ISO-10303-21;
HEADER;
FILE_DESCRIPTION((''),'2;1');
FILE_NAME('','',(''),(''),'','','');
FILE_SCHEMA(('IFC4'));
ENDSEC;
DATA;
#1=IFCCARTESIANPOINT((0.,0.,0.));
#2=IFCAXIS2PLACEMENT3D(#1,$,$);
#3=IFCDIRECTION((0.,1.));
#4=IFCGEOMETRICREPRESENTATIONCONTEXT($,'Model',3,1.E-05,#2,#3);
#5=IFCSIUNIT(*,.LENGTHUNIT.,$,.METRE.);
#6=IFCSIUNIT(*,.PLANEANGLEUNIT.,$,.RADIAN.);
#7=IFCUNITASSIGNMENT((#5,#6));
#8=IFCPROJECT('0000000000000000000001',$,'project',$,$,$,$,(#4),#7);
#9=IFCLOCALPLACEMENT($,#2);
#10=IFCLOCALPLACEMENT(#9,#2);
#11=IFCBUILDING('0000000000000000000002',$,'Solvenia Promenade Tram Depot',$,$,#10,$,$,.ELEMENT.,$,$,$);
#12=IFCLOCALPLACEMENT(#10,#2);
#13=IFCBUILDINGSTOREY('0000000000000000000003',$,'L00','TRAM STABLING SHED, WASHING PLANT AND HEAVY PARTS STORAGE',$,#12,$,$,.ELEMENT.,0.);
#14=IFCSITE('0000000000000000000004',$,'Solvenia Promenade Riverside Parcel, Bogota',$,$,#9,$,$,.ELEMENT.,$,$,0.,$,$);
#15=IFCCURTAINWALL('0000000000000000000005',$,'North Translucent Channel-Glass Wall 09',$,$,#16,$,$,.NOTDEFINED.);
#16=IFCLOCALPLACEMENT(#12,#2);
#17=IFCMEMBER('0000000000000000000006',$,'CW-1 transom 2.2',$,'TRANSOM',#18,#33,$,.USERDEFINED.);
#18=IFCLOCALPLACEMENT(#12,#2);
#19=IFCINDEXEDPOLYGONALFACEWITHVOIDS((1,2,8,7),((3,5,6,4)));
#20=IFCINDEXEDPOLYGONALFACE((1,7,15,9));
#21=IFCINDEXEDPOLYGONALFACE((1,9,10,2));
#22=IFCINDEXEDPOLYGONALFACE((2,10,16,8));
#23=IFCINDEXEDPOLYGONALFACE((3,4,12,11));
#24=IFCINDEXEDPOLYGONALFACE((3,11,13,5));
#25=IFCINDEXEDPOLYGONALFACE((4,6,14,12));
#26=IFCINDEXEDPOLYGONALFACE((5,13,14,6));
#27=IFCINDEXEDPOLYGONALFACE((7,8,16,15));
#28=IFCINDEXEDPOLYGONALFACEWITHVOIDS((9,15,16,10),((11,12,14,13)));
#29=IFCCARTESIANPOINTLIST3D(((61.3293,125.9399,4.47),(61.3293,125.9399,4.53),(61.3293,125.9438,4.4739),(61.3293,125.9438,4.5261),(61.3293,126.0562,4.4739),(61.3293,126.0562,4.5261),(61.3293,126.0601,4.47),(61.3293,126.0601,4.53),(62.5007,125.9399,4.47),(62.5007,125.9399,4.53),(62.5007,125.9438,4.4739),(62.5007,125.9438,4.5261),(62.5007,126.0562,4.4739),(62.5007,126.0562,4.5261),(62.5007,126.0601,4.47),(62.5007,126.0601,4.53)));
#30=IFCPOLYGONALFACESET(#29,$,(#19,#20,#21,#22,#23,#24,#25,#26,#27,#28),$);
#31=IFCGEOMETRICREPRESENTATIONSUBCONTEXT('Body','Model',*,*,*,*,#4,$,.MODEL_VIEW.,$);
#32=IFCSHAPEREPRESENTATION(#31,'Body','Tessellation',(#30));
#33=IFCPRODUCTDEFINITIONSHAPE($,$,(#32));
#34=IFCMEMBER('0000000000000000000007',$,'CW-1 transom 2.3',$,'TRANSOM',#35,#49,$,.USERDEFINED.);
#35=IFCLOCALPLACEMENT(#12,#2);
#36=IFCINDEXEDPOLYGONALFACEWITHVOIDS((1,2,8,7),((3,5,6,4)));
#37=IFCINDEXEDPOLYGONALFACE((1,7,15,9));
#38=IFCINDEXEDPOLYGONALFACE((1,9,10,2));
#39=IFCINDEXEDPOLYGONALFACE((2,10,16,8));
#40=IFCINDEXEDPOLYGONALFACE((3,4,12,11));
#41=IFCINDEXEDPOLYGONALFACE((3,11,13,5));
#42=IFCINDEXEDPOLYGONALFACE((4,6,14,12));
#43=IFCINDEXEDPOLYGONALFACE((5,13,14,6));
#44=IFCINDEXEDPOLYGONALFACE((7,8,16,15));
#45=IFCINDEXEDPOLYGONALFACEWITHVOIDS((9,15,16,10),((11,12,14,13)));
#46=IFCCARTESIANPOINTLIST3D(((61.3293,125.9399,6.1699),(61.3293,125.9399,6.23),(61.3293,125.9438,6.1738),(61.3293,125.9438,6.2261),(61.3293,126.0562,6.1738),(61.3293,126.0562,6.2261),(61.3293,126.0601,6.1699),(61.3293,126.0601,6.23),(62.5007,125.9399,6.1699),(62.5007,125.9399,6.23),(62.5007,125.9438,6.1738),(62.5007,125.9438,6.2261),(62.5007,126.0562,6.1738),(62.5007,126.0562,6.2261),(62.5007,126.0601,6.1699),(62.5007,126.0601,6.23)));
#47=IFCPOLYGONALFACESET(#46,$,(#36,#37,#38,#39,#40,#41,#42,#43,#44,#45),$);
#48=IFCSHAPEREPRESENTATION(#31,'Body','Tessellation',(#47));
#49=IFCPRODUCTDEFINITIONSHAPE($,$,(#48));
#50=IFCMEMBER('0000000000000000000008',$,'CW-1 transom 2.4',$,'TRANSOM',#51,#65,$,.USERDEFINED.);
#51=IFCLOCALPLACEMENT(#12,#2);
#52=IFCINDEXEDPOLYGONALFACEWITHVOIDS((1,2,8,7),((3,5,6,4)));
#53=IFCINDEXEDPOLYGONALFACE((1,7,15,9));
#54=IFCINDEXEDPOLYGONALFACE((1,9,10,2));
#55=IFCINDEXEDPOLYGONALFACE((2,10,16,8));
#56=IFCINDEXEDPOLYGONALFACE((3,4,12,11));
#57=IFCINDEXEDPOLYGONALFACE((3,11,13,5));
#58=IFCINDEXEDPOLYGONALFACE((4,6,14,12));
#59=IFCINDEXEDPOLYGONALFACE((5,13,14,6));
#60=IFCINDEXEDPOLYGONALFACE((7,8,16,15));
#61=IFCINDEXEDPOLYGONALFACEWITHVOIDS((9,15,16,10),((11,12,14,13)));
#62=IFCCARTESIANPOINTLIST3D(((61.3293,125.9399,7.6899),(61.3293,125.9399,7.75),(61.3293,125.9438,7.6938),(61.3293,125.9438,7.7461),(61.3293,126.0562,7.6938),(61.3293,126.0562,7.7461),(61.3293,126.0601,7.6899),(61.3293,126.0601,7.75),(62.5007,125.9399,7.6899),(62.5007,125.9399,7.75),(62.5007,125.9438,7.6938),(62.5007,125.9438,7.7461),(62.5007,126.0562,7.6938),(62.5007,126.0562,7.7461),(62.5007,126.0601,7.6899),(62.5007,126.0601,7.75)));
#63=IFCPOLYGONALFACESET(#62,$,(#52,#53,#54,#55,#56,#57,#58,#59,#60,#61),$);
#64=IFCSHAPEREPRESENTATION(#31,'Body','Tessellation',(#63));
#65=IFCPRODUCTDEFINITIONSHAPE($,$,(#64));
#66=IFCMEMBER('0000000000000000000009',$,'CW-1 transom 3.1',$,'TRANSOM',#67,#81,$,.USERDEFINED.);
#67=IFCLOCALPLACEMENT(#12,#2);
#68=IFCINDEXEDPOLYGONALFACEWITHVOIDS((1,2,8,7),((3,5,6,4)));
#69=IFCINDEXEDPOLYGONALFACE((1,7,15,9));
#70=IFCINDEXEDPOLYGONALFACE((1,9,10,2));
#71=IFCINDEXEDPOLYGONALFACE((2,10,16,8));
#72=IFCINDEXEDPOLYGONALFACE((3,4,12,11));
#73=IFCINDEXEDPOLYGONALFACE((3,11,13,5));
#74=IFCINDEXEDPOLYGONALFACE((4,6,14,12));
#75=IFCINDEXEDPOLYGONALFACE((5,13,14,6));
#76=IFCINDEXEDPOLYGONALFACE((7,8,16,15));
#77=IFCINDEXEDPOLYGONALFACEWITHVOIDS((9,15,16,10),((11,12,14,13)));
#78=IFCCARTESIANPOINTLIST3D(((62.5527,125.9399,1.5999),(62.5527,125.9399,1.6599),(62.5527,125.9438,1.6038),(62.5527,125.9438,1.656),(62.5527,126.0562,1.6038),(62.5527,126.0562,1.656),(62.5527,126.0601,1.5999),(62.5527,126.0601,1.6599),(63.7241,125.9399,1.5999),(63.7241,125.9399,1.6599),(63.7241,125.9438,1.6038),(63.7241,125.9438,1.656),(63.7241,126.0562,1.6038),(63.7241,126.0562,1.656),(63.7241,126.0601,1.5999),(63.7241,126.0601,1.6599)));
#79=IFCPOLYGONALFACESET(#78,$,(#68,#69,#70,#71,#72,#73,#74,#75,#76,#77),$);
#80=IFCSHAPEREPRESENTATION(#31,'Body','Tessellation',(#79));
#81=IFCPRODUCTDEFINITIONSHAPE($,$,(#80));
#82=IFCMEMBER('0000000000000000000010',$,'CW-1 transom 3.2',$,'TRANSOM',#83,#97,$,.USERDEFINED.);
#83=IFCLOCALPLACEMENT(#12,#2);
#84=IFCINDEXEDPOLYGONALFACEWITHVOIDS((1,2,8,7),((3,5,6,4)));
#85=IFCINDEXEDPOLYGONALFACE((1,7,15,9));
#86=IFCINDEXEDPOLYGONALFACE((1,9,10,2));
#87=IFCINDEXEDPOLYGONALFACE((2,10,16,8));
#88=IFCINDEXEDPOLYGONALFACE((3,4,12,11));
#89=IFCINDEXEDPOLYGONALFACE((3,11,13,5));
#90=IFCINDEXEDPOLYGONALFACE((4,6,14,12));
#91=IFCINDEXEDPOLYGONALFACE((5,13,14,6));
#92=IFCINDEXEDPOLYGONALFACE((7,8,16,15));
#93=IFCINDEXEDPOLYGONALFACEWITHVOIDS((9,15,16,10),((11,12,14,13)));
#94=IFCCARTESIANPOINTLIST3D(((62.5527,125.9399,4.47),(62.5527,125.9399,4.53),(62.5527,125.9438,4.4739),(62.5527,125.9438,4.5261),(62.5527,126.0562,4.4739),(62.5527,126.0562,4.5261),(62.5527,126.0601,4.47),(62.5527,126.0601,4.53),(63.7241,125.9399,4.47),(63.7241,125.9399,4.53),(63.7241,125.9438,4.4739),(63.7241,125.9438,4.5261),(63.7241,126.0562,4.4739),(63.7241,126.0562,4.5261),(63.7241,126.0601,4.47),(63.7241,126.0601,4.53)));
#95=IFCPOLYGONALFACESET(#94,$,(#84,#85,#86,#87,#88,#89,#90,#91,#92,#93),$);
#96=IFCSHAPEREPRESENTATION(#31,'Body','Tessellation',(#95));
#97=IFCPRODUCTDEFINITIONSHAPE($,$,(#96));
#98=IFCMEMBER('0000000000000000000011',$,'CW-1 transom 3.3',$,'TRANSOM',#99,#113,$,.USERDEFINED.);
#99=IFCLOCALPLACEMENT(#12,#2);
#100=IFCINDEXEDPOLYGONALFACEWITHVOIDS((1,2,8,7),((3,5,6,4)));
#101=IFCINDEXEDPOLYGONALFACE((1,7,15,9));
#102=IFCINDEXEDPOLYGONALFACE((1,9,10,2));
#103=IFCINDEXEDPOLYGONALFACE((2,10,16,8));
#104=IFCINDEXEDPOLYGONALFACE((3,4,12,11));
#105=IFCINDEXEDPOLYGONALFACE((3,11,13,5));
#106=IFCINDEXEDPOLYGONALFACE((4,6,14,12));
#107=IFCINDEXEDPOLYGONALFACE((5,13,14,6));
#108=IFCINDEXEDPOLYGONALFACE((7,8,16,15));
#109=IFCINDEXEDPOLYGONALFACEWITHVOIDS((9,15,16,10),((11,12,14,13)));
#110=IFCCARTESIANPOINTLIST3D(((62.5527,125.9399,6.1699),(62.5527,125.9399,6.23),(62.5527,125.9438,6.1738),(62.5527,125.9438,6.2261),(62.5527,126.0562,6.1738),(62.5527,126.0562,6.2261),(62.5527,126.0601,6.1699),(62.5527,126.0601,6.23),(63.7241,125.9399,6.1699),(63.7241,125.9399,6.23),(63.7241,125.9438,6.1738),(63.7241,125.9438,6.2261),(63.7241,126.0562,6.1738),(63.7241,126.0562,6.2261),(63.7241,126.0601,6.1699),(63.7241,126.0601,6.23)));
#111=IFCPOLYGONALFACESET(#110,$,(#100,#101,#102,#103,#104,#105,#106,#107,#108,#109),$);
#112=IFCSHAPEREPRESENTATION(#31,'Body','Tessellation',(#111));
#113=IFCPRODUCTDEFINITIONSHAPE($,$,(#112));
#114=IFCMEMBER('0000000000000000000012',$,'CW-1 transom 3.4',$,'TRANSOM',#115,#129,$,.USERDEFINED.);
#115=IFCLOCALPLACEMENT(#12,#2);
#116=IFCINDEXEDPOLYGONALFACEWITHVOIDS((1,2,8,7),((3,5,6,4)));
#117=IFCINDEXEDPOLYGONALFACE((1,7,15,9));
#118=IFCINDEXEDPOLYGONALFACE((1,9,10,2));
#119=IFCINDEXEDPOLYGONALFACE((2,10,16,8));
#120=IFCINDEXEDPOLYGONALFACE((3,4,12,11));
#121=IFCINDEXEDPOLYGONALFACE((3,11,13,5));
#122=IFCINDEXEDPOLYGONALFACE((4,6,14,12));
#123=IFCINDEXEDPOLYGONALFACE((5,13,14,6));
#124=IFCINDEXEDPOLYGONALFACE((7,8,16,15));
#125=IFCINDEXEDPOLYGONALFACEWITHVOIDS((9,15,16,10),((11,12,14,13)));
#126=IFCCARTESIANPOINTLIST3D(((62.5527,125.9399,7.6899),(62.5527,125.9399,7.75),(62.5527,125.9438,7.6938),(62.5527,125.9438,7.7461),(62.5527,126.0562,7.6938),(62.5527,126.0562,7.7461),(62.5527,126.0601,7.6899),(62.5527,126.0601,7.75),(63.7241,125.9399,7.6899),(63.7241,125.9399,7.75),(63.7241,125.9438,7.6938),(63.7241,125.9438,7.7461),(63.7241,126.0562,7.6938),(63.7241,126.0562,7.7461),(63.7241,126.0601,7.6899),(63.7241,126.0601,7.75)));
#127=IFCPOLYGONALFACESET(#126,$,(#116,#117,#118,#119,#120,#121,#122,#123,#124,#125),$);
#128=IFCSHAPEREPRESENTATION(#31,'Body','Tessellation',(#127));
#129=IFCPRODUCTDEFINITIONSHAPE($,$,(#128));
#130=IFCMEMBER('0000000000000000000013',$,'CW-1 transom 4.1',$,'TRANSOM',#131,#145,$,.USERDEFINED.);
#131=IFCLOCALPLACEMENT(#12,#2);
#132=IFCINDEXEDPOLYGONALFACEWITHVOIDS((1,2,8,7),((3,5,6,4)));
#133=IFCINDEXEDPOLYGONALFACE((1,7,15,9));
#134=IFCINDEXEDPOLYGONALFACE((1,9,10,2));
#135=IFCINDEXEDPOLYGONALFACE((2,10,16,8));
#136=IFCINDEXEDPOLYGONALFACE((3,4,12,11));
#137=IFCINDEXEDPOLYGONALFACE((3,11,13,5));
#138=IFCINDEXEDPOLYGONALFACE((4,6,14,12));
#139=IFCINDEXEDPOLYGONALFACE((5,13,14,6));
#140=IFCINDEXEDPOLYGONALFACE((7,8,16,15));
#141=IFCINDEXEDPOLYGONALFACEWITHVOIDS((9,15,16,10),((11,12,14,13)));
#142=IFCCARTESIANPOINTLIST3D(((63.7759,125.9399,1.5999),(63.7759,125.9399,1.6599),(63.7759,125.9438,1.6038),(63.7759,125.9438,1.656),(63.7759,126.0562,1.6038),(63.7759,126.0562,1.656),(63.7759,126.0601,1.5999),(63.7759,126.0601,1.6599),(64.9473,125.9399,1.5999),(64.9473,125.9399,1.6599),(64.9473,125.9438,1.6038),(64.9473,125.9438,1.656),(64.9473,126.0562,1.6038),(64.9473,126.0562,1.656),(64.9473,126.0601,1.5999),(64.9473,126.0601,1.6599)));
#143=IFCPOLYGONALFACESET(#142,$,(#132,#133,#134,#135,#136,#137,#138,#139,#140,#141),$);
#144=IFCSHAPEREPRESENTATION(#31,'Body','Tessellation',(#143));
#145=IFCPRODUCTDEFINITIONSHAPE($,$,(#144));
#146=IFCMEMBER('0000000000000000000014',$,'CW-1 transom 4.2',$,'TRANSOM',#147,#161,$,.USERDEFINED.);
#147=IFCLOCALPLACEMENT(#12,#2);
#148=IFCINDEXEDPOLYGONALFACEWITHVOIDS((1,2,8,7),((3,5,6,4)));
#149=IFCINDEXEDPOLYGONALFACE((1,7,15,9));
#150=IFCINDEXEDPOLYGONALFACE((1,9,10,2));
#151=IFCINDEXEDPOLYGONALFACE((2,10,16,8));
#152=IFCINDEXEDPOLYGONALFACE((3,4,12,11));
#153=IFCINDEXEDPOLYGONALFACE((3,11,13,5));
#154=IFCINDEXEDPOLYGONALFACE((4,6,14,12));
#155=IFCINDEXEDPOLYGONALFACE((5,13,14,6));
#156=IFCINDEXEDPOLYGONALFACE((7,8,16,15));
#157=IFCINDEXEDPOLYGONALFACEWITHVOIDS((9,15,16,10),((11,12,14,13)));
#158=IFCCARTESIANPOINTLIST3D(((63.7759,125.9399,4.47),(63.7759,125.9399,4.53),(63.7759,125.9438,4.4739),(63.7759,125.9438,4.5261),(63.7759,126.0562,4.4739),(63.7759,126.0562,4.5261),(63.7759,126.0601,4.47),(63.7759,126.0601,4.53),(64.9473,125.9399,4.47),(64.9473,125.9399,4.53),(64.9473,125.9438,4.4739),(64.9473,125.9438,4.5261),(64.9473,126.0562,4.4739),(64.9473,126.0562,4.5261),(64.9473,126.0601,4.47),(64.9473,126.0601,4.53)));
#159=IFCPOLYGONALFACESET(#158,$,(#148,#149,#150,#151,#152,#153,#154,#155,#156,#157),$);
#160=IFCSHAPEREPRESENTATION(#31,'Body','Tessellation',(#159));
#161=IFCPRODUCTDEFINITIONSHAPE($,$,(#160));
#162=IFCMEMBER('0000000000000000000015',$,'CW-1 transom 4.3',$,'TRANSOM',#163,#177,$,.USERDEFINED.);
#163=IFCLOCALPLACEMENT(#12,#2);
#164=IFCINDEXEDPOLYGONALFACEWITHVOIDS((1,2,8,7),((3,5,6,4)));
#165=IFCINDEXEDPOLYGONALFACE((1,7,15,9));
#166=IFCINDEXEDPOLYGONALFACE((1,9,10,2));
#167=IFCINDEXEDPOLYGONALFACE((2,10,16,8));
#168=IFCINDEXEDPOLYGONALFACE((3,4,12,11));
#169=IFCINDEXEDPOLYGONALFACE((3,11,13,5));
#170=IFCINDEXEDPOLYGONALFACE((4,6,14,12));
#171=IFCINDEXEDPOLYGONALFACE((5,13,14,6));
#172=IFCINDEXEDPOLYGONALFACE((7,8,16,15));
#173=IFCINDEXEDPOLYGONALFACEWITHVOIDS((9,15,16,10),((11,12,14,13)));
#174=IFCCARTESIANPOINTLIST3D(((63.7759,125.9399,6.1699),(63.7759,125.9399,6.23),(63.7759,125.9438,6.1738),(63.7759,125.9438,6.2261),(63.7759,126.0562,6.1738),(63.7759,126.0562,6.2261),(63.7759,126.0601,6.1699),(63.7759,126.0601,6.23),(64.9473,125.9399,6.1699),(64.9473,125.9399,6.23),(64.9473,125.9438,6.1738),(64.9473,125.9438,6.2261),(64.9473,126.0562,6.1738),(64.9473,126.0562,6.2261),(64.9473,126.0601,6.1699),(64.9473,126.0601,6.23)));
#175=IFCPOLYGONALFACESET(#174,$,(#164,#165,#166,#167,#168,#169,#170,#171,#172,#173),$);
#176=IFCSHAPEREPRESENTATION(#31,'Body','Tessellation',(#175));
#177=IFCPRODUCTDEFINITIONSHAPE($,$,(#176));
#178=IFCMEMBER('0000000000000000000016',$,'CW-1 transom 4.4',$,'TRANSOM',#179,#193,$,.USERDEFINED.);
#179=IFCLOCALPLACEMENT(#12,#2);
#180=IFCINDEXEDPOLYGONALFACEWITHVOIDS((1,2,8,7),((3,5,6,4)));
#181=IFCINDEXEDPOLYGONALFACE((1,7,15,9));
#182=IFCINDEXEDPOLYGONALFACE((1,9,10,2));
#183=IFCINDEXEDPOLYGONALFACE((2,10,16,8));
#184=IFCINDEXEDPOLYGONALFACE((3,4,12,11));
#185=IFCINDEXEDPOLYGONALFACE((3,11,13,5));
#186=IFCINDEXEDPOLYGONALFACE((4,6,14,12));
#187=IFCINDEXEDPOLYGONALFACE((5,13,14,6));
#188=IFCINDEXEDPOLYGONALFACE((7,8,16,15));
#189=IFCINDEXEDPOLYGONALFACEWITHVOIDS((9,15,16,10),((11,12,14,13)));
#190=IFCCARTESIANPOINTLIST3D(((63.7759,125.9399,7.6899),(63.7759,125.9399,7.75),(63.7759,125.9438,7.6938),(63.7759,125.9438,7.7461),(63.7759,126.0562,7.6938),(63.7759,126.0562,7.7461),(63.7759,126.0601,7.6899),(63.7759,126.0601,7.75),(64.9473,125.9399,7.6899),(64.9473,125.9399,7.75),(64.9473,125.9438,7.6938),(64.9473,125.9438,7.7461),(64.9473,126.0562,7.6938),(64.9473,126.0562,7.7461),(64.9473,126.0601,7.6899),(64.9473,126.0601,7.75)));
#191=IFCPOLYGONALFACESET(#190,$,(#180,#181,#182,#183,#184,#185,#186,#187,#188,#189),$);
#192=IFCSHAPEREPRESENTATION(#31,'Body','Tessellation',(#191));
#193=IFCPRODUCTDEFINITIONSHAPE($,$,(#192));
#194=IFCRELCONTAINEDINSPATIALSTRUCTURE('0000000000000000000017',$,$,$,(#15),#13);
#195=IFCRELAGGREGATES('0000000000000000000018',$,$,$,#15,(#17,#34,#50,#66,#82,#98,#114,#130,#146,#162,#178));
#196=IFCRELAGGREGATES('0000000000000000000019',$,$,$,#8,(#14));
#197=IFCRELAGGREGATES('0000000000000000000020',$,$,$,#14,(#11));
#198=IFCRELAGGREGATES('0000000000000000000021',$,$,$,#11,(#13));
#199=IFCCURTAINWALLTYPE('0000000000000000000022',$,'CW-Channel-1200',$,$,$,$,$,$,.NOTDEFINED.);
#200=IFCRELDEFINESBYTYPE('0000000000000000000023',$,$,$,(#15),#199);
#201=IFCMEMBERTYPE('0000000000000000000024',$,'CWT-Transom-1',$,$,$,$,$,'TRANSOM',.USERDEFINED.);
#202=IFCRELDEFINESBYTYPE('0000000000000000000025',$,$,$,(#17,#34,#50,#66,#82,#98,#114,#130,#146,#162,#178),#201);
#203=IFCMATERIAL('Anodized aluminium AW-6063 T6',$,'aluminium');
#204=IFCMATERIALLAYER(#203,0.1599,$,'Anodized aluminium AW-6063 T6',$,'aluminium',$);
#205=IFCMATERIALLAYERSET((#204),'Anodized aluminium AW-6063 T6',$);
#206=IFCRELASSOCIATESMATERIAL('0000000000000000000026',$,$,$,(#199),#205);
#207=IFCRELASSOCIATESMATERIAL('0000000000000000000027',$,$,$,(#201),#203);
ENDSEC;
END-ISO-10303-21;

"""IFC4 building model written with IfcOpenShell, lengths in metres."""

from ifc_helpers import new_model, si_unit, direction, frame, origin, origin_2d, place, context, subcontext, project, spatial, hollow_rectangle, extrude, material, layer, layer_set, material_profile, profile_set, type_object, element, aggregate, save


model = new_model("IFC4")

# Units and contexts
model_context = context("Model", 3, precision=1e-05, world=origin(), true_north=direction((0.0, 1.0)))
body_context = subcontext(model_context, "Body", "Model", "MODEL_VIEW")
ifc_project = project(units=[si_unit("LENGTHUNIT", "METRE"), si_unit("PLANEANGLEUNIT", "RADIAN")], contexts=[model_context])

# Site, building, storey
site_placement = place(None, origin())
site = spatial("IfcSite", under=ifc_project, at=site_placement, Name="Solvenia Promenade Riverside Parcel, Bogota", CompositionType="ELEMENT", RefElevation=0.0)
building_placement = place(site_placement, origin())
building = spatial("IfcBuilding", under=site, at=building_placement, Name="Solvenia Promenade Tram Depot", CompositionType="ELEMENT")
storey_placement = place(building_placement, origin())
storey = spatial("IfcBuildingStorey", under=building, at=storey_placement, Name="L00", Description="TRAM STABLING SHED, WASHING PLANT AND HEAVY PARTS STORAGE", CompositionType="ELEMENT", Elevation=0.0)

# Curtain wall, members
ifc_material_1 = material(Name="Anodized aluminium AW-6063 T6", Category="aluminium")
ifc_layer_1 = layer(ifc_material_1, 0.1599, Name="Anodized aluminium AW-6063 T6", Category="aluminium")
ifc_layer_set_1 = layer_set([ifc_layer_1], Name="Anodized aluminium AW-6063 T6")
curtain_wall_type = type_object("IfcCurtainWallType", Name="CW-Channel-1200", PredefinedType="NOTDEFINED", material=ifc_layer_set_1)
curtain_wall_placement = place(storey_placement, origin())
curtain_wall = element("IfcCurtainWall", 1, at=curtain_wall_placement, inside=storey, type_object=curtain_wall_type, Name="North Translucent Channel-Glass Wall 09", PredefinedType="NOTDEFINED")
ifc_material_profile_1 = material_profile(ifc_material_1, hollow_rectangle(XDim=0.1201, YDim=0.0601, WallThickness=0.0039, at=origin_2d()), Name="ALU-T1", Category="aluminium")
ifc_profile_set_1 = profile_set([ifc_material_profile_1], Name="Anodized aluminium AW-6063 T6")
member_type_1 = type_object("IfcMemberType", Name="CWT-Transom-1", ElementType="TRANSOM", PredefinedType="USERDEFINED", material=ifc_profile_set_1)
member_1_placement = place(storey_placement, frame((61.3293, 126.0, 4.5), z_axis=(1.0, 0.0, 0.0), x_axis=(0.0, 1.0, 0.0)))
member_1 = element("IfcMember", 2, at=member_1_placement, type_object=member_type_1, Name="CW-1 transom 2.2", ObjectType="TRANSOM", PredefinedType="USERDEFINED", context=body_context, shape_type="SweptSolid", body=[
    extrude(hollow_rectangle(XDim=0.1201, YDim=0.0601, WallThickness=0.0039, at=origin_2d()), origin(), (0.0, 0.0, 1.0), 1.1714),
])
member_2_placement = place(storey_placement, frame((61.3293, 126.0, 6.2), z_axis=(1.0, 0.0, 0.0), x_axis=(0.0, 1.0, 0.0)))
member_2 = element("IfcMember", 3, at=member_2_placement, type_object=member_type_1, Name="CW-1 transom 2.3", ObjectType="TRANSOM", PredefinedType="USERDEFINED", context=body_context, shape_type="SweptSolid", body=[
    extrude(hollow_rectangle(XDim=0.1201, YDim=0.0601, WallThickness=0.0039, at=origin_2d()), origin(), (0.0, 0.0, 1.0), 1.1714),
])
member_3_placement = place(storey_placement, frame((61.3293, 126.0, 7.72), z_axis=(1.0, 0.0, 0.0), x_axis=(0.0, 1.0, 0.0)))
member_3 = element("IfcMember", 4, at=member_3_placement, type_object=member_type_1, Name="CW-1 transom 2.4", ObjectType="TRANSOM", PredefinedType="USERDEFINED", context=body_context, shape_type="SweptSolid", body=[
    extrude(hollow_rectangle(XDim=0.1201, YDim=0.0601, WallThickness=0.0039, at=origin_2d()), origin(), (0.0, 0.0, 1.0), 1.1714),
])
member_4_placement = place(storey_placement, frame((62.5527, 126.0, 1.6299), z_axis=(1.0, 0.0, 0.0), x_axis=(0.0, 1.0, 0.0)))
member_4 = element("IfcMember", 5, at=member_4_placement, type_object=member_type_1, Name="CW-1 transom 3.1", ObjectType="TRANSOM", PredefinedType="USERDEFINED", context=body_context, shape_type="SweptSolid", body=[
    extrude(hollow_rectangle(XDim=0.1201, YDim=0.0601, WallThickness=0.0039, at=origin_2d()), origin(), (0.0, 0.0, 1.0), 1.1714),
])
member_5_placement = place(storey_placement, frame((62.5527, 126.0, 4.5), z_axis=(1.0, 0.0, 0.0), x_axis=(0.0, 1.0, 0.0)))
member_5 = element("IfcMember", 6, at=member_5_placement, type_object=member_type_1, Name="CW-1 transom 3.2", ObjectType="TRANSOM", PredefinedType="USERDEFINED", context=body_context, shape_type="SweptSolid", body=[
    extrude(hollow_rectangle(XDim=0.1201, YDim=0.0601, WallThickness=0.0039, at=origin_2d()), origin(), (0.0, 0.0, 1.0), 1.1714),
])
member_6_placement = place(storey_placement, frame((62.5527, 126.0, 6.2), z_axis=(1.0, 0.0, 0.0), x_axis=(0.0, 1.0, 0.0)))
member_6 = element("IfcMember", 7, at=member_6_placement, type_object=member_type_1, Name="CW-1 transom 3.3", ObjectType="TRANSOM", PredefinedType="USERDEFINED", context=body_context, shape_type="SweptSolid", body=[
    extrude(hollow_rectangle(XDim=0.1201, YDim=0.0601, WallThickness=0.0039, at=origin_2d()), origin(), (0.0, 0.0, 1.0), 1.1714),
])
member_7_placement = place(storey_placement, frame((62.5527, 126.0, 7.72), z_axis=(1.0, 0.0, 0.0), x_axis=(0.0, 1.0, 0.0)))
member_7 = element("IfcMember", 8, at=member_7_placement, type_object=member_type_1, Name="CW-1 transom 3.4", ObjectType="TRANSOM", PredefinedType="USERDEFINED", context=body_context, shape_type="SweptSolid", body=[
    extrude(hollow_rectangle(XDim=0.1201, YDim=0.0601, WallThickness=0.0039, at=origin_2d()), origin(), (0.0, 0.0, 1.0), 1.1714),
])
member_8_placement = place(storey_placement, frame((63.7759, 126.0, 1.6299), z_axis=(1.0, 0.0, 0.0), x_axis=(0.0, 1.0, 0.0)))
member_8 = element("IfcMember", 9, at=member_8_placement, type_object=member_type_1, Name="CW-1 transom 4.1", ObjectType="TRANSOM", PredefinedType="USERDEFINED", context=body_context, shape_type="SweptSolid", body=[
    extrude(hollow_rectangle(XDim=0.1201, YDim=0.0601, WallThickness=0.0039, at=origin_2d()), origin(), (0.0, 0.0, 1.0), 1.1714),
])
member_9_placement = place(storey_placement, frame((63.7759, 126.0, 4.5), z_axis=(1.0, 0.0, 0.0), x_axis=(0.0, 1.0, 0.0)))
member_9 = element("IfcMember", 10, at=member_9_placement, type_object=member_type_1, Name="CW-1 transom 4.2", ObjectType="TRANSOM", PredefinedType="USERDEFINED", context=body_context, shape_type="SweptSolid", body=[
    extrude(hollow_rectangle(XDim=0.1201, YDim=0.0601, WallThickness=0.0039, at=origin_2d()), origin(), (0.0, 0.0, 1.0), 1.1714),
])
member_10_placement = place(storey_placement, frame((63.7759, 126.0, 6.2), z_axis=(1.0, 0.0, 0.0), x_axis=(0.0, 1.0, 0.0)))
member_10 = element("IfcMember", 11, at=member_10_placement, type_object=member_type_1, Name="CW-1 transom 4.3", ObjectType="TRANSOM", PredefinedType="USERDEFINED", context=body_context, shape_type="SweptSolid", body=[
    extrude(hollow_rectangle(XDim=0.1201, YDim=0.0601, WallThickness=0.0039, at=origin_2d()), origin(), (0.0, 0.0, 1.0), 1.1714),
])
member_11_placement = place(storey_placement, frame((63.7759, 126.0, 7.72), z_axis=(1.0, 0.0, 0.0), x_axis=(0.0, 1.0, 0.0)))
member_11 = element("IfcMember", 12, at=member_11_placement, type_object=member_type_1, Name="CW-1 transom 4.4", ObjectType="TRANSOM", PredefinedType="USERDEFINED", context=body_context, shape_type="SweptSolid", body=[
    extrude(hollow_rectangle(XDim=0.1201, YDim=0.0601, WallThickness=0.0039, at=origin_2d()), origin(), (0.0, 0.0, 1.0), 1.1714),
])
aggregate(curtain_wall, [member_1, member_2, member_3, member_4, member_5, member_6, member_7, member_8, member_9, member_10, member_11])

save(model, "model.ifc")
